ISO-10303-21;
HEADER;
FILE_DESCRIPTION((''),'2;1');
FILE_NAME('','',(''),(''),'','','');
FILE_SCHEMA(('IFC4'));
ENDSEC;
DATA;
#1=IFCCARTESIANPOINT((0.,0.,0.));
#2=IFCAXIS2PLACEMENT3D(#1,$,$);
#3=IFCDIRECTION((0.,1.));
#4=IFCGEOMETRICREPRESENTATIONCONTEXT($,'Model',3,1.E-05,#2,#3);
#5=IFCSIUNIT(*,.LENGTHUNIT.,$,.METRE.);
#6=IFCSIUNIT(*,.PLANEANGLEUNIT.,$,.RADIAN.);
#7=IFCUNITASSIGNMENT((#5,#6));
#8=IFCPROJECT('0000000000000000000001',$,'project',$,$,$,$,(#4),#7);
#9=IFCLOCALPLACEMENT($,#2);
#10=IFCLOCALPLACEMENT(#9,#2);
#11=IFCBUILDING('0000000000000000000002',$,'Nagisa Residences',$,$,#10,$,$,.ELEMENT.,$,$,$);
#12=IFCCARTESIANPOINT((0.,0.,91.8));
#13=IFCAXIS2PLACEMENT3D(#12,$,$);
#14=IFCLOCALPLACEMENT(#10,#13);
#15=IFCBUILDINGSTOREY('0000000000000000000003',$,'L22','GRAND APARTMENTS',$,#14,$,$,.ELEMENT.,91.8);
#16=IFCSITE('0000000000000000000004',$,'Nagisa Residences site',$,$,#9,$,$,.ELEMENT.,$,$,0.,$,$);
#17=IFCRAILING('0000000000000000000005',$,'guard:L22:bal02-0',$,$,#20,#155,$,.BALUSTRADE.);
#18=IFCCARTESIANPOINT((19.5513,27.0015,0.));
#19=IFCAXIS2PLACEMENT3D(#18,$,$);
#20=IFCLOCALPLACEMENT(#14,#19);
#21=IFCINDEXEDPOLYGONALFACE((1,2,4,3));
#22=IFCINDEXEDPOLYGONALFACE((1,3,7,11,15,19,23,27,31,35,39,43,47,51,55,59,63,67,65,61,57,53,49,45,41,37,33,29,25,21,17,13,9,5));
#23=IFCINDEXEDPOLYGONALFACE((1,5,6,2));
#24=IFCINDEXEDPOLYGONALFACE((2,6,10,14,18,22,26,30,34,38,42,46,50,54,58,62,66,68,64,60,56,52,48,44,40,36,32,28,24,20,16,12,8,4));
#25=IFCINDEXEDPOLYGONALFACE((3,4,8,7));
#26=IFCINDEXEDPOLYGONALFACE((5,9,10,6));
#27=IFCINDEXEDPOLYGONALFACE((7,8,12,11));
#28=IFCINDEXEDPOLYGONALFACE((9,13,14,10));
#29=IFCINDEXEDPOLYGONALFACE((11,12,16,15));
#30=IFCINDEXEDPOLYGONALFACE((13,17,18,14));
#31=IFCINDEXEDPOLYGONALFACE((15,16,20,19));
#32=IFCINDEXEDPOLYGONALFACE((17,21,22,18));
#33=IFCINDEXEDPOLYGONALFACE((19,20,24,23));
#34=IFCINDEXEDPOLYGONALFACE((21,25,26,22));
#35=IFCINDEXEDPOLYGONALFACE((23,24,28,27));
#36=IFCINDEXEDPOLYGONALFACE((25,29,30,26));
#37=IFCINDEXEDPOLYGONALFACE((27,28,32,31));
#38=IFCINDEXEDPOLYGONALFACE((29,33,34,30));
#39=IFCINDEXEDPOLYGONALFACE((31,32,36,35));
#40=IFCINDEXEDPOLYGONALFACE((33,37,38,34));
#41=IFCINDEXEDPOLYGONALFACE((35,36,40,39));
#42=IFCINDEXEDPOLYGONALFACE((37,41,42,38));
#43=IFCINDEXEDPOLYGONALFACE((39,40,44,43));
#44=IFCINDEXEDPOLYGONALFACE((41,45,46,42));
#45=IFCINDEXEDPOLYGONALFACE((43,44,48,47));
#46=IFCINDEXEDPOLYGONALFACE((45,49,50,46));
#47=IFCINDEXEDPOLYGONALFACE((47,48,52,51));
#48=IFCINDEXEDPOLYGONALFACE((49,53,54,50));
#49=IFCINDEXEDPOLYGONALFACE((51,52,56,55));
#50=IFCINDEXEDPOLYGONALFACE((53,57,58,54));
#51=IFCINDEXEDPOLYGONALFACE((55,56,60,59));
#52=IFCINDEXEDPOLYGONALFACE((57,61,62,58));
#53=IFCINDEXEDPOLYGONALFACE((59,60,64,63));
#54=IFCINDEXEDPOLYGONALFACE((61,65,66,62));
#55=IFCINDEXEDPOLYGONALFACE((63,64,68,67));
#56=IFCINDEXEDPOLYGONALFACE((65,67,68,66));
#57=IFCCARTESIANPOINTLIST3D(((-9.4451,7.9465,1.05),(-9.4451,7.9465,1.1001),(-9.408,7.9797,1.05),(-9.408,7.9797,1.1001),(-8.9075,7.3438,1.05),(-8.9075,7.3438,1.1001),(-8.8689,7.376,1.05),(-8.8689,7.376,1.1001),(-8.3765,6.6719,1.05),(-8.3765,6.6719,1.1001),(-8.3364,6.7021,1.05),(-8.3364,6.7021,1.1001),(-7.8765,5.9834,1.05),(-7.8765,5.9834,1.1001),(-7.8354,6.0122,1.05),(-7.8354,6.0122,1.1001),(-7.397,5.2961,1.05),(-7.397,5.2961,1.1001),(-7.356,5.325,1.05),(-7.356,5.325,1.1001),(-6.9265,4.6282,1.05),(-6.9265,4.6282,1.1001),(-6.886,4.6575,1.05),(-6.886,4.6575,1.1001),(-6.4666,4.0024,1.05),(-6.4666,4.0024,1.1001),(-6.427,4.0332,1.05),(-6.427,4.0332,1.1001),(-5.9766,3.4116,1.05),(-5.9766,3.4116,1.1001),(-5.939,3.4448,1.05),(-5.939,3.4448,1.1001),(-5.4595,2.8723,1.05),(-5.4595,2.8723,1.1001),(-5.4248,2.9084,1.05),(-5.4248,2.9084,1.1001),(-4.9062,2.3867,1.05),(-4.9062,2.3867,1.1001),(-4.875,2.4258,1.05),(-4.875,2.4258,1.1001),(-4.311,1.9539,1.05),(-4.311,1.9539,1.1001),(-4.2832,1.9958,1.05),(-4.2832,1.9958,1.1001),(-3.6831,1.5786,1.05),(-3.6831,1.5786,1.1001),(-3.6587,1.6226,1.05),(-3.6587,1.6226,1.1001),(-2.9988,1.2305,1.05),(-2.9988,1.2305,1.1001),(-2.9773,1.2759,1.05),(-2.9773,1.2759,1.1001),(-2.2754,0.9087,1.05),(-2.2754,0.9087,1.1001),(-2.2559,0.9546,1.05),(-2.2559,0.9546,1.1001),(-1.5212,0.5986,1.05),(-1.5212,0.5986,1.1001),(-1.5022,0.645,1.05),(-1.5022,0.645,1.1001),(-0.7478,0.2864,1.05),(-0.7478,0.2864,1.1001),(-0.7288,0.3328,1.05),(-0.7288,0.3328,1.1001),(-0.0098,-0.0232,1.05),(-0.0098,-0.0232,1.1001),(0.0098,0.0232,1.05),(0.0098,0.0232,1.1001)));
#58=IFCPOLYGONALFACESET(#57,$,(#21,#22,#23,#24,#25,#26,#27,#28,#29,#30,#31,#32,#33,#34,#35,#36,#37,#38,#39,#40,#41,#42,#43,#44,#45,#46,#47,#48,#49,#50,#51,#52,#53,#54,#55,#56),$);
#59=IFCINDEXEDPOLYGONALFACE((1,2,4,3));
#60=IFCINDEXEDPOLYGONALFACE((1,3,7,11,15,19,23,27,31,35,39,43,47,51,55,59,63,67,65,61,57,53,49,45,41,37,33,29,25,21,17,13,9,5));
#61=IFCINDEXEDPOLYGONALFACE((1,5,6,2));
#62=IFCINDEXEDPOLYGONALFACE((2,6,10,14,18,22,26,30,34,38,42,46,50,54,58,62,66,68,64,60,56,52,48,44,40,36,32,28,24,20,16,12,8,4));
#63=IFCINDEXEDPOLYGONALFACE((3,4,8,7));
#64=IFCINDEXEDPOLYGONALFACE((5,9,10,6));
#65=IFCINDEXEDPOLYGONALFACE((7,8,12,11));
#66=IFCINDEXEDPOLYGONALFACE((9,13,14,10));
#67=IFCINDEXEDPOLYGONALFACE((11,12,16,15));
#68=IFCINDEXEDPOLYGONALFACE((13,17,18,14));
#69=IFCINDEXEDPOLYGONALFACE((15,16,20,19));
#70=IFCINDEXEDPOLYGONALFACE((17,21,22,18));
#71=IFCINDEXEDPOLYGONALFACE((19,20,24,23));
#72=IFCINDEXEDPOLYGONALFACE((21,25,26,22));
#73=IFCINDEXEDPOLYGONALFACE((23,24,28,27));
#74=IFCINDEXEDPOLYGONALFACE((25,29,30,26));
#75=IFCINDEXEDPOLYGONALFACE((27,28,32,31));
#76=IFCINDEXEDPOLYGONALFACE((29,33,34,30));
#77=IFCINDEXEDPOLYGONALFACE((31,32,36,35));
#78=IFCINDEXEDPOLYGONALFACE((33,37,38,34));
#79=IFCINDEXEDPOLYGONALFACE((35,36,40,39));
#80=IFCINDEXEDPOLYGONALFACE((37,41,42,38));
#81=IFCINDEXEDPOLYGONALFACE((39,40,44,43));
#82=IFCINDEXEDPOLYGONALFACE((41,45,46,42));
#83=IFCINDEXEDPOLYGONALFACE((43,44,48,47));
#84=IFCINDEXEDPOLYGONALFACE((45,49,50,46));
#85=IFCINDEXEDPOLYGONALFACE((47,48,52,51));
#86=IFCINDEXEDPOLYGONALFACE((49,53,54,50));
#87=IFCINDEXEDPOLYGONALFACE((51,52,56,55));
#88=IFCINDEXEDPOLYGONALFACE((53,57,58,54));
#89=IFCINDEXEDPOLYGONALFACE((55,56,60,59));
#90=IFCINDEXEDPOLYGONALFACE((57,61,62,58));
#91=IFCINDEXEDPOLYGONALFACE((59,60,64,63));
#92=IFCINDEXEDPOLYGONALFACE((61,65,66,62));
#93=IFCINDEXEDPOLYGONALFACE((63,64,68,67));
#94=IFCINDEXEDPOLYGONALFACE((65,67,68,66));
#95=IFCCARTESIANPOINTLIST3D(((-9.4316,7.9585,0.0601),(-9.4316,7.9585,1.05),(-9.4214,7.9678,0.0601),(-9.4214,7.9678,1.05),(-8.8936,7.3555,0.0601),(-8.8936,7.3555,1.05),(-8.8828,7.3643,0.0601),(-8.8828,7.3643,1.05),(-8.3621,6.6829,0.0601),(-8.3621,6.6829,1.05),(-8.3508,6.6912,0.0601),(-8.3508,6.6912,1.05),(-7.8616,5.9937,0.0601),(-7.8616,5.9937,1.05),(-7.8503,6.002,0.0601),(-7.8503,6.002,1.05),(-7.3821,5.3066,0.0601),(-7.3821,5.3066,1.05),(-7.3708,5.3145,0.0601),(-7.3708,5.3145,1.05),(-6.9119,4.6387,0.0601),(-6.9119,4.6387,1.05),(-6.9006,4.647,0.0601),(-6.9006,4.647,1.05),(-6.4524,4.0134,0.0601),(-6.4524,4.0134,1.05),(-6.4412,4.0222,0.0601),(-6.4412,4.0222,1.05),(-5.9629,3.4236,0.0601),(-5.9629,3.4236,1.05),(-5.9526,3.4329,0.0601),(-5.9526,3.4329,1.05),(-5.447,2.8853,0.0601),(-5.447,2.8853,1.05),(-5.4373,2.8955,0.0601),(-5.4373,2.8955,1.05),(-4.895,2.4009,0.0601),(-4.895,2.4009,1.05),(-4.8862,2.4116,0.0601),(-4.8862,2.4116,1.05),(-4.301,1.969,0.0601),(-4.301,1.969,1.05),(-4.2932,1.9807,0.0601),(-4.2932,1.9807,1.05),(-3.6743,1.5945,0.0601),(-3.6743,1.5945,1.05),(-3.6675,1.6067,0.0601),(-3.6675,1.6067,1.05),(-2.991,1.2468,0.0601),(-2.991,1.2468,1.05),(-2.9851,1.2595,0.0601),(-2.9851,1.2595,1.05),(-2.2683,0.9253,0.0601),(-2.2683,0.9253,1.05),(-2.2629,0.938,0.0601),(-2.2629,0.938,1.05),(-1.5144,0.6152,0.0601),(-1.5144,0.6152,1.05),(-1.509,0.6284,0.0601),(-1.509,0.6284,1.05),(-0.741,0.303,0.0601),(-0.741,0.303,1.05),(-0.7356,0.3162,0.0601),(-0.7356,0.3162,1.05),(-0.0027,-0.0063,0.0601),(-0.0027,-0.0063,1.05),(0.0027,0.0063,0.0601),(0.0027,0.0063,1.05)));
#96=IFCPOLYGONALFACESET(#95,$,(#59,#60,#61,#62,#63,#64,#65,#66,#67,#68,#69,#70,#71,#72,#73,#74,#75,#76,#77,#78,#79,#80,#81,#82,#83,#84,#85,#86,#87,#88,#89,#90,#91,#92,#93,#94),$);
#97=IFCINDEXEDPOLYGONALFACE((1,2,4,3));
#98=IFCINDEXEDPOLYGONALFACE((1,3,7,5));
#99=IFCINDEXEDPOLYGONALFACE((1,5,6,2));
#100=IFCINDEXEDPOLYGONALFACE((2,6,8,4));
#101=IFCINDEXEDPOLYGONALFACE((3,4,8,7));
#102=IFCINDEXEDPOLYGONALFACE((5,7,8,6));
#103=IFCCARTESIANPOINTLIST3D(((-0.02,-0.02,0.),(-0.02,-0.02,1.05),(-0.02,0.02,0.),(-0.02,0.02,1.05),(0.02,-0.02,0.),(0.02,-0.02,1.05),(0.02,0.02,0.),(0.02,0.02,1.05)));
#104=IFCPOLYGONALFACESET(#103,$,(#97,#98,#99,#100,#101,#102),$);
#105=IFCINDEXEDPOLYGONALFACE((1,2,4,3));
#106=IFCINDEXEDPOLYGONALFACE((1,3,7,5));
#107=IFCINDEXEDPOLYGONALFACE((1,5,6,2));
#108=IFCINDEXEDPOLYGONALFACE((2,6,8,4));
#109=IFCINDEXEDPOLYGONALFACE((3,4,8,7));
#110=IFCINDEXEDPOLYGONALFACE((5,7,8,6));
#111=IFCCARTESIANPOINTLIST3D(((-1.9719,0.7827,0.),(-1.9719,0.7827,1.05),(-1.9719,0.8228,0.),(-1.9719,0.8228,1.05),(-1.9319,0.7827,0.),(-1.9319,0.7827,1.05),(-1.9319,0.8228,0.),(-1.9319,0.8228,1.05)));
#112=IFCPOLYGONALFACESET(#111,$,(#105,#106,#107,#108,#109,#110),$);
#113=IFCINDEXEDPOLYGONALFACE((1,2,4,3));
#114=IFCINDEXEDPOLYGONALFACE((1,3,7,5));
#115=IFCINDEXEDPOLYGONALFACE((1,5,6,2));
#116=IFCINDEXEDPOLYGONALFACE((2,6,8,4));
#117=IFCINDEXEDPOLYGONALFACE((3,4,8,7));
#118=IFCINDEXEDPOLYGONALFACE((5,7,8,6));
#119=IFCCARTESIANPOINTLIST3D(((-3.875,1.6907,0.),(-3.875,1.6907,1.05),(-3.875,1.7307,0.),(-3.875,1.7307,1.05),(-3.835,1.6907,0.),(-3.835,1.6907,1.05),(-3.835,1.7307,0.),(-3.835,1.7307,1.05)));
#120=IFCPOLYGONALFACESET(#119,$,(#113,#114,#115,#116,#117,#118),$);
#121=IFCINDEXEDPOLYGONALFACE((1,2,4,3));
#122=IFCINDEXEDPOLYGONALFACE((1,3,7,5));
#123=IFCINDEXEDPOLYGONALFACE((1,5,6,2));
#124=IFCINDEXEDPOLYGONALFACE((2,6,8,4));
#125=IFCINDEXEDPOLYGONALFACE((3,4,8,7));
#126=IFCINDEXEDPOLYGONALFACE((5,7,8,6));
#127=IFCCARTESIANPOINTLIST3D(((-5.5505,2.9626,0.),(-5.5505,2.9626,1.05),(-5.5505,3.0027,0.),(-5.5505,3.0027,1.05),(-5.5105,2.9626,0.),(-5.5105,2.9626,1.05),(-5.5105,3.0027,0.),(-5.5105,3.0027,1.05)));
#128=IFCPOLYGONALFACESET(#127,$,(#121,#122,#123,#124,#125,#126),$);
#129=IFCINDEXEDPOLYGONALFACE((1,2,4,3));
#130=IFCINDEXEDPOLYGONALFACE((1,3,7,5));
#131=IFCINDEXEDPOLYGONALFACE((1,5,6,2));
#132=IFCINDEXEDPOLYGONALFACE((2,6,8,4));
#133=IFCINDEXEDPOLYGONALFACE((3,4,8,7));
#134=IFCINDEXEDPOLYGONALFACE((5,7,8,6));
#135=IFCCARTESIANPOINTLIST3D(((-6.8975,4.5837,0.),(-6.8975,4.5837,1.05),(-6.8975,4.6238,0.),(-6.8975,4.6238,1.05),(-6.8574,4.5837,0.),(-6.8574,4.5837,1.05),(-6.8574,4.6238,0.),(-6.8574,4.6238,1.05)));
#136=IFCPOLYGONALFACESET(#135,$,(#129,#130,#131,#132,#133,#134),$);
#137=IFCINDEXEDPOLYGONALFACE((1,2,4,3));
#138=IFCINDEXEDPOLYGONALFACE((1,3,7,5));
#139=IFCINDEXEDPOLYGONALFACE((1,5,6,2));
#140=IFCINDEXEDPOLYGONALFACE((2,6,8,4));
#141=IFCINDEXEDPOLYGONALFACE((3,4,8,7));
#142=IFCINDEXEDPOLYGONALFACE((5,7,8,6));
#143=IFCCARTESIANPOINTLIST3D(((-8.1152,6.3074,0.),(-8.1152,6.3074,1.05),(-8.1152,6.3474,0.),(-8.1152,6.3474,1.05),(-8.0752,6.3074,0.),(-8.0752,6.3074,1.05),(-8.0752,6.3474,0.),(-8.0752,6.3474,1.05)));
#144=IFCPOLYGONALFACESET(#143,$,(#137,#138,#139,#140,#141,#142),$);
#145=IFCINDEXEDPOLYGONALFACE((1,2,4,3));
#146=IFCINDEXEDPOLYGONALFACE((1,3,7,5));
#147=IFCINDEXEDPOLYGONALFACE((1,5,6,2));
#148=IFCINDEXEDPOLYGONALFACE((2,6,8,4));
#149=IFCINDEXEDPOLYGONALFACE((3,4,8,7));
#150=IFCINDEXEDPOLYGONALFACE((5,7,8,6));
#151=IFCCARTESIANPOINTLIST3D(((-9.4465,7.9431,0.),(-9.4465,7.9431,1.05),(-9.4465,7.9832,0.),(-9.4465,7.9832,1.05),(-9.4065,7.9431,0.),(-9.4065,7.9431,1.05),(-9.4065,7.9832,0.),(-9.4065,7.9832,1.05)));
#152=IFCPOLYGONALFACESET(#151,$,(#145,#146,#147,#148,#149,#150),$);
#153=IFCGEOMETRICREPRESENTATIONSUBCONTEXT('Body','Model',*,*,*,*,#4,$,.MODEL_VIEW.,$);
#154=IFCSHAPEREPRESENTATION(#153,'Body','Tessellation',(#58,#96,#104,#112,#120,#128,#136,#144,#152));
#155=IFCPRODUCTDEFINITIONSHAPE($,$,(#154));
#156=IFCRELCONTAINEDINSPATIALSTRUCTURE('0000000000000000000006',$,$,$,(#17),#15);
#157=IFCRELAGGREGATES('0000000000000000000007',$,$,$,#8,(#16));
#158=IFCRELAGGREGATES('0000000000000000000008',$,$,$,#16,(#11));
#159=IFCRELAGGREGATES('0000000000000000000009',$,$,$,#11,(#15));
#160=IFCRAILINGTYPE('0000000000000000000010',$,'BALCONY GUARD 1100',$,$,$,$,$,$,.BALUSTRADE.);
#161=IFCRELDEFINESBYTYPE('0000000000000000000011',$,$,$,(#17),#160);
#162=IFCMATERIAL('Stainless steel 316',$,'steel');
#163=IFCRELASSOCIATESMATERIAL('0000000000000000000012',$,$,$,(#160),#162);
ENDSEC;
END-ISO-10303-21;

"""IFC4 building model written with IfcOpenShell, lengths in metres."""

from ifc_helpers import new_model, si_unit, direction, frame, origin, origin_2d, place, context, subcontext, project, spatial, polyline, rectangle, outline, extrude, material, type_object, element, save


model = new_model("IFC4")

# Units and contexts
model_context = context("Model", 3, precision=1e-05, world=origin(), true_north=direction((0.0, 1.0)))
body_context = subcontext(model_context, "Body", "Model", "MODEL_VIEW")
ifc_project = project(units=[si_unit("LENGTHUNIT", "METRE"), si_unit("PLANEANGLEUNIT", "RADIAN")], contexts=[model_context])

# Site, building, storey
site_placement = place(None, origin())
site = spatial("IfcSite", under=ifc_project, at=site_placement, Name="Nagisa Residences site", CompositionType="ELEMENT", RefElevation=0.0)
building_placement = place(site_placement, origin())
building = spatial("IfcBuilding", under=site, at=building_placement, Name="Nagisa Residences", CompositionType="ELEMENT")
storey_placement = place(building_placement, frame((0.0, 0.0, 91.8)))
storey = spatial("IfcBuildingStorey", under=building, at=storey_placement, Name="L22", Description="GRAND APARTMENTS", CompositionType="ELEMENT", Elevation=91.8)

# Railing
ifc_material_1 = material(Name="Stainless steel 316", Category="steel")
railing_type = type_object("IfcRailingType", Name="BALCONY GUARD 1100", PredefinedType="BALUSTRADE", material=ifc_material_1)
railing_1_placement = place(storey_placement, frame((19.5513, 27.0015, 0.0)))
element("IfcRailing", 1, at=railing_1_placement, inside=storey, type_object=railing_type, Name="guard:L22:bal02-0", PredefinedType="BALUSTRADE", context=body_context, shape_type="SweptSolid", body=[
    extrude(outline(polyline([(-0.7478, 0.2864), (-0.0098, -0.0232), (0.0098, 0.0232), (-0.7288, 0.3328), (-1.5022, 0.645), (-2.2559, 0.9546), (-2.9773, 1.2759), (-3.6587, 1.6226), (-4.2832, 1.9958), (-4.875, 2.4258), (-5.4248, 2.9084), (-5.939, 3.4448), (-6.427, 4.0332), (-6.886, 4.6575), (-7.356, 5.325), (-7.8354, 6.0122), (-8.3364, 6.7021), (-8.8689, 7.376), (-9.408, 7.9797), (-9.4451, 7.9465), (-8.9075, 7.3438), (-8.3765, 6.6719), (-7.8765, 5.9834), (-7.397, 5.2961), (-6.9265, 4.6282), (-6.4666, 4.0024), (-5.9766, 3.4116), (-5.4595, 2.8723), (-4.9062, 2.3867), (-4.311, 1.9539), (-3.6831, 1.5786), (-2.9988, 1.2305), (-2.2754, 0.9087), (-1.5212, 0.5986), (-0.7478, 0.2864)])), frame((0.0, 0.0, 1.05)), (0.0, 0.0, 1.0), 0.05),
    extrude(outline(polyline([(-0.741, 0.303), (-0.0027, -0.0063), (0.0027, 0.0063), (-0.7356, 0.3162), (-1.509, 0.6284), (-2.2629, 0.938), (-2.9851, 1.2595), (-3.6675, 1.6067), (-4.2932, 1.9807), (-4.8862, 2.4116), (-5.4373, 2.8955), (-5.9526, 3.4329), (-6.4412, 4.0222), (-6.9006, 4.647), (-7.3708, 5.3145), (-7.8503, 6.002), (-8.3508, 6.6912), (-8.8828, 7.3643), (-9.4214, 7.9678), (-9.4316, 7.9585), (-8.8936, 7.3555), (-8.3621, 6.6829), (-7.8616, 5.9937), (-7.3821, 5.3066), (-6.9119, 4.6387), (-6.4524, 4.0134), (-5.9629, 3.4236), (-5.447, 2.8853), (-4.895, 2.4009), (-4.301, 1.969), (-3.6743, 1.5945), (-2.991, 1.2468), (-2.2683, 0.9253), (-1.5144, 0.6152), (-0.741, 0.303)])), frame((0.0, 0.0, 0.0601)), (0.0, 0.0, 1.0), 0.99),
    extrude(rectangle(XDim=0.04, YDim=0.04, at=origin_2d()), origin(), (0.0, 0.0, 1.0), 1.05),
    extrude(rectangle(XDim=0.04, YDim=0.04, at=origin_2d()), frame((-1.9519, 0.8027, 0.0)), (0.0, 0.0, 1.0), 1.05),
    extrude(rectangle(XDim=0.04, YDim=0.04, at=origin_2d()), frame((-3.855, 1.7107, 0.0)), (0.0, 0.0, 1.0), 1.05),
    extrude(rectangle(XDim=0.04, YDim=0.04, at=origin_2d()), frame((-5.5305, 2.9827, 0.0)), (0.0, 0.0, 1.0), 1.05),
    extrude(rectangle(XDim=0.04, YDim=0.04, at=origin_2d()), frame((-6.8774, 4.6038, 0.0)), (0.0, 0.0, 1.0), 1.05),
    extrude(rectangle(XDim=0.04, YDim=0.04, at=origin_2d()), frame((-8.0952, 6.3274, 0.0)), (0.0, 0.0, 1.0), 1.05),
    extrude(rectangle(XDim=0.04, YDim=0.04, at=origin_2d()), frame((-9.4265, 7.9631, 0.0)), (0.0, 0.0, 1.0), 1.05),
])

save(model, "model.ifc")
